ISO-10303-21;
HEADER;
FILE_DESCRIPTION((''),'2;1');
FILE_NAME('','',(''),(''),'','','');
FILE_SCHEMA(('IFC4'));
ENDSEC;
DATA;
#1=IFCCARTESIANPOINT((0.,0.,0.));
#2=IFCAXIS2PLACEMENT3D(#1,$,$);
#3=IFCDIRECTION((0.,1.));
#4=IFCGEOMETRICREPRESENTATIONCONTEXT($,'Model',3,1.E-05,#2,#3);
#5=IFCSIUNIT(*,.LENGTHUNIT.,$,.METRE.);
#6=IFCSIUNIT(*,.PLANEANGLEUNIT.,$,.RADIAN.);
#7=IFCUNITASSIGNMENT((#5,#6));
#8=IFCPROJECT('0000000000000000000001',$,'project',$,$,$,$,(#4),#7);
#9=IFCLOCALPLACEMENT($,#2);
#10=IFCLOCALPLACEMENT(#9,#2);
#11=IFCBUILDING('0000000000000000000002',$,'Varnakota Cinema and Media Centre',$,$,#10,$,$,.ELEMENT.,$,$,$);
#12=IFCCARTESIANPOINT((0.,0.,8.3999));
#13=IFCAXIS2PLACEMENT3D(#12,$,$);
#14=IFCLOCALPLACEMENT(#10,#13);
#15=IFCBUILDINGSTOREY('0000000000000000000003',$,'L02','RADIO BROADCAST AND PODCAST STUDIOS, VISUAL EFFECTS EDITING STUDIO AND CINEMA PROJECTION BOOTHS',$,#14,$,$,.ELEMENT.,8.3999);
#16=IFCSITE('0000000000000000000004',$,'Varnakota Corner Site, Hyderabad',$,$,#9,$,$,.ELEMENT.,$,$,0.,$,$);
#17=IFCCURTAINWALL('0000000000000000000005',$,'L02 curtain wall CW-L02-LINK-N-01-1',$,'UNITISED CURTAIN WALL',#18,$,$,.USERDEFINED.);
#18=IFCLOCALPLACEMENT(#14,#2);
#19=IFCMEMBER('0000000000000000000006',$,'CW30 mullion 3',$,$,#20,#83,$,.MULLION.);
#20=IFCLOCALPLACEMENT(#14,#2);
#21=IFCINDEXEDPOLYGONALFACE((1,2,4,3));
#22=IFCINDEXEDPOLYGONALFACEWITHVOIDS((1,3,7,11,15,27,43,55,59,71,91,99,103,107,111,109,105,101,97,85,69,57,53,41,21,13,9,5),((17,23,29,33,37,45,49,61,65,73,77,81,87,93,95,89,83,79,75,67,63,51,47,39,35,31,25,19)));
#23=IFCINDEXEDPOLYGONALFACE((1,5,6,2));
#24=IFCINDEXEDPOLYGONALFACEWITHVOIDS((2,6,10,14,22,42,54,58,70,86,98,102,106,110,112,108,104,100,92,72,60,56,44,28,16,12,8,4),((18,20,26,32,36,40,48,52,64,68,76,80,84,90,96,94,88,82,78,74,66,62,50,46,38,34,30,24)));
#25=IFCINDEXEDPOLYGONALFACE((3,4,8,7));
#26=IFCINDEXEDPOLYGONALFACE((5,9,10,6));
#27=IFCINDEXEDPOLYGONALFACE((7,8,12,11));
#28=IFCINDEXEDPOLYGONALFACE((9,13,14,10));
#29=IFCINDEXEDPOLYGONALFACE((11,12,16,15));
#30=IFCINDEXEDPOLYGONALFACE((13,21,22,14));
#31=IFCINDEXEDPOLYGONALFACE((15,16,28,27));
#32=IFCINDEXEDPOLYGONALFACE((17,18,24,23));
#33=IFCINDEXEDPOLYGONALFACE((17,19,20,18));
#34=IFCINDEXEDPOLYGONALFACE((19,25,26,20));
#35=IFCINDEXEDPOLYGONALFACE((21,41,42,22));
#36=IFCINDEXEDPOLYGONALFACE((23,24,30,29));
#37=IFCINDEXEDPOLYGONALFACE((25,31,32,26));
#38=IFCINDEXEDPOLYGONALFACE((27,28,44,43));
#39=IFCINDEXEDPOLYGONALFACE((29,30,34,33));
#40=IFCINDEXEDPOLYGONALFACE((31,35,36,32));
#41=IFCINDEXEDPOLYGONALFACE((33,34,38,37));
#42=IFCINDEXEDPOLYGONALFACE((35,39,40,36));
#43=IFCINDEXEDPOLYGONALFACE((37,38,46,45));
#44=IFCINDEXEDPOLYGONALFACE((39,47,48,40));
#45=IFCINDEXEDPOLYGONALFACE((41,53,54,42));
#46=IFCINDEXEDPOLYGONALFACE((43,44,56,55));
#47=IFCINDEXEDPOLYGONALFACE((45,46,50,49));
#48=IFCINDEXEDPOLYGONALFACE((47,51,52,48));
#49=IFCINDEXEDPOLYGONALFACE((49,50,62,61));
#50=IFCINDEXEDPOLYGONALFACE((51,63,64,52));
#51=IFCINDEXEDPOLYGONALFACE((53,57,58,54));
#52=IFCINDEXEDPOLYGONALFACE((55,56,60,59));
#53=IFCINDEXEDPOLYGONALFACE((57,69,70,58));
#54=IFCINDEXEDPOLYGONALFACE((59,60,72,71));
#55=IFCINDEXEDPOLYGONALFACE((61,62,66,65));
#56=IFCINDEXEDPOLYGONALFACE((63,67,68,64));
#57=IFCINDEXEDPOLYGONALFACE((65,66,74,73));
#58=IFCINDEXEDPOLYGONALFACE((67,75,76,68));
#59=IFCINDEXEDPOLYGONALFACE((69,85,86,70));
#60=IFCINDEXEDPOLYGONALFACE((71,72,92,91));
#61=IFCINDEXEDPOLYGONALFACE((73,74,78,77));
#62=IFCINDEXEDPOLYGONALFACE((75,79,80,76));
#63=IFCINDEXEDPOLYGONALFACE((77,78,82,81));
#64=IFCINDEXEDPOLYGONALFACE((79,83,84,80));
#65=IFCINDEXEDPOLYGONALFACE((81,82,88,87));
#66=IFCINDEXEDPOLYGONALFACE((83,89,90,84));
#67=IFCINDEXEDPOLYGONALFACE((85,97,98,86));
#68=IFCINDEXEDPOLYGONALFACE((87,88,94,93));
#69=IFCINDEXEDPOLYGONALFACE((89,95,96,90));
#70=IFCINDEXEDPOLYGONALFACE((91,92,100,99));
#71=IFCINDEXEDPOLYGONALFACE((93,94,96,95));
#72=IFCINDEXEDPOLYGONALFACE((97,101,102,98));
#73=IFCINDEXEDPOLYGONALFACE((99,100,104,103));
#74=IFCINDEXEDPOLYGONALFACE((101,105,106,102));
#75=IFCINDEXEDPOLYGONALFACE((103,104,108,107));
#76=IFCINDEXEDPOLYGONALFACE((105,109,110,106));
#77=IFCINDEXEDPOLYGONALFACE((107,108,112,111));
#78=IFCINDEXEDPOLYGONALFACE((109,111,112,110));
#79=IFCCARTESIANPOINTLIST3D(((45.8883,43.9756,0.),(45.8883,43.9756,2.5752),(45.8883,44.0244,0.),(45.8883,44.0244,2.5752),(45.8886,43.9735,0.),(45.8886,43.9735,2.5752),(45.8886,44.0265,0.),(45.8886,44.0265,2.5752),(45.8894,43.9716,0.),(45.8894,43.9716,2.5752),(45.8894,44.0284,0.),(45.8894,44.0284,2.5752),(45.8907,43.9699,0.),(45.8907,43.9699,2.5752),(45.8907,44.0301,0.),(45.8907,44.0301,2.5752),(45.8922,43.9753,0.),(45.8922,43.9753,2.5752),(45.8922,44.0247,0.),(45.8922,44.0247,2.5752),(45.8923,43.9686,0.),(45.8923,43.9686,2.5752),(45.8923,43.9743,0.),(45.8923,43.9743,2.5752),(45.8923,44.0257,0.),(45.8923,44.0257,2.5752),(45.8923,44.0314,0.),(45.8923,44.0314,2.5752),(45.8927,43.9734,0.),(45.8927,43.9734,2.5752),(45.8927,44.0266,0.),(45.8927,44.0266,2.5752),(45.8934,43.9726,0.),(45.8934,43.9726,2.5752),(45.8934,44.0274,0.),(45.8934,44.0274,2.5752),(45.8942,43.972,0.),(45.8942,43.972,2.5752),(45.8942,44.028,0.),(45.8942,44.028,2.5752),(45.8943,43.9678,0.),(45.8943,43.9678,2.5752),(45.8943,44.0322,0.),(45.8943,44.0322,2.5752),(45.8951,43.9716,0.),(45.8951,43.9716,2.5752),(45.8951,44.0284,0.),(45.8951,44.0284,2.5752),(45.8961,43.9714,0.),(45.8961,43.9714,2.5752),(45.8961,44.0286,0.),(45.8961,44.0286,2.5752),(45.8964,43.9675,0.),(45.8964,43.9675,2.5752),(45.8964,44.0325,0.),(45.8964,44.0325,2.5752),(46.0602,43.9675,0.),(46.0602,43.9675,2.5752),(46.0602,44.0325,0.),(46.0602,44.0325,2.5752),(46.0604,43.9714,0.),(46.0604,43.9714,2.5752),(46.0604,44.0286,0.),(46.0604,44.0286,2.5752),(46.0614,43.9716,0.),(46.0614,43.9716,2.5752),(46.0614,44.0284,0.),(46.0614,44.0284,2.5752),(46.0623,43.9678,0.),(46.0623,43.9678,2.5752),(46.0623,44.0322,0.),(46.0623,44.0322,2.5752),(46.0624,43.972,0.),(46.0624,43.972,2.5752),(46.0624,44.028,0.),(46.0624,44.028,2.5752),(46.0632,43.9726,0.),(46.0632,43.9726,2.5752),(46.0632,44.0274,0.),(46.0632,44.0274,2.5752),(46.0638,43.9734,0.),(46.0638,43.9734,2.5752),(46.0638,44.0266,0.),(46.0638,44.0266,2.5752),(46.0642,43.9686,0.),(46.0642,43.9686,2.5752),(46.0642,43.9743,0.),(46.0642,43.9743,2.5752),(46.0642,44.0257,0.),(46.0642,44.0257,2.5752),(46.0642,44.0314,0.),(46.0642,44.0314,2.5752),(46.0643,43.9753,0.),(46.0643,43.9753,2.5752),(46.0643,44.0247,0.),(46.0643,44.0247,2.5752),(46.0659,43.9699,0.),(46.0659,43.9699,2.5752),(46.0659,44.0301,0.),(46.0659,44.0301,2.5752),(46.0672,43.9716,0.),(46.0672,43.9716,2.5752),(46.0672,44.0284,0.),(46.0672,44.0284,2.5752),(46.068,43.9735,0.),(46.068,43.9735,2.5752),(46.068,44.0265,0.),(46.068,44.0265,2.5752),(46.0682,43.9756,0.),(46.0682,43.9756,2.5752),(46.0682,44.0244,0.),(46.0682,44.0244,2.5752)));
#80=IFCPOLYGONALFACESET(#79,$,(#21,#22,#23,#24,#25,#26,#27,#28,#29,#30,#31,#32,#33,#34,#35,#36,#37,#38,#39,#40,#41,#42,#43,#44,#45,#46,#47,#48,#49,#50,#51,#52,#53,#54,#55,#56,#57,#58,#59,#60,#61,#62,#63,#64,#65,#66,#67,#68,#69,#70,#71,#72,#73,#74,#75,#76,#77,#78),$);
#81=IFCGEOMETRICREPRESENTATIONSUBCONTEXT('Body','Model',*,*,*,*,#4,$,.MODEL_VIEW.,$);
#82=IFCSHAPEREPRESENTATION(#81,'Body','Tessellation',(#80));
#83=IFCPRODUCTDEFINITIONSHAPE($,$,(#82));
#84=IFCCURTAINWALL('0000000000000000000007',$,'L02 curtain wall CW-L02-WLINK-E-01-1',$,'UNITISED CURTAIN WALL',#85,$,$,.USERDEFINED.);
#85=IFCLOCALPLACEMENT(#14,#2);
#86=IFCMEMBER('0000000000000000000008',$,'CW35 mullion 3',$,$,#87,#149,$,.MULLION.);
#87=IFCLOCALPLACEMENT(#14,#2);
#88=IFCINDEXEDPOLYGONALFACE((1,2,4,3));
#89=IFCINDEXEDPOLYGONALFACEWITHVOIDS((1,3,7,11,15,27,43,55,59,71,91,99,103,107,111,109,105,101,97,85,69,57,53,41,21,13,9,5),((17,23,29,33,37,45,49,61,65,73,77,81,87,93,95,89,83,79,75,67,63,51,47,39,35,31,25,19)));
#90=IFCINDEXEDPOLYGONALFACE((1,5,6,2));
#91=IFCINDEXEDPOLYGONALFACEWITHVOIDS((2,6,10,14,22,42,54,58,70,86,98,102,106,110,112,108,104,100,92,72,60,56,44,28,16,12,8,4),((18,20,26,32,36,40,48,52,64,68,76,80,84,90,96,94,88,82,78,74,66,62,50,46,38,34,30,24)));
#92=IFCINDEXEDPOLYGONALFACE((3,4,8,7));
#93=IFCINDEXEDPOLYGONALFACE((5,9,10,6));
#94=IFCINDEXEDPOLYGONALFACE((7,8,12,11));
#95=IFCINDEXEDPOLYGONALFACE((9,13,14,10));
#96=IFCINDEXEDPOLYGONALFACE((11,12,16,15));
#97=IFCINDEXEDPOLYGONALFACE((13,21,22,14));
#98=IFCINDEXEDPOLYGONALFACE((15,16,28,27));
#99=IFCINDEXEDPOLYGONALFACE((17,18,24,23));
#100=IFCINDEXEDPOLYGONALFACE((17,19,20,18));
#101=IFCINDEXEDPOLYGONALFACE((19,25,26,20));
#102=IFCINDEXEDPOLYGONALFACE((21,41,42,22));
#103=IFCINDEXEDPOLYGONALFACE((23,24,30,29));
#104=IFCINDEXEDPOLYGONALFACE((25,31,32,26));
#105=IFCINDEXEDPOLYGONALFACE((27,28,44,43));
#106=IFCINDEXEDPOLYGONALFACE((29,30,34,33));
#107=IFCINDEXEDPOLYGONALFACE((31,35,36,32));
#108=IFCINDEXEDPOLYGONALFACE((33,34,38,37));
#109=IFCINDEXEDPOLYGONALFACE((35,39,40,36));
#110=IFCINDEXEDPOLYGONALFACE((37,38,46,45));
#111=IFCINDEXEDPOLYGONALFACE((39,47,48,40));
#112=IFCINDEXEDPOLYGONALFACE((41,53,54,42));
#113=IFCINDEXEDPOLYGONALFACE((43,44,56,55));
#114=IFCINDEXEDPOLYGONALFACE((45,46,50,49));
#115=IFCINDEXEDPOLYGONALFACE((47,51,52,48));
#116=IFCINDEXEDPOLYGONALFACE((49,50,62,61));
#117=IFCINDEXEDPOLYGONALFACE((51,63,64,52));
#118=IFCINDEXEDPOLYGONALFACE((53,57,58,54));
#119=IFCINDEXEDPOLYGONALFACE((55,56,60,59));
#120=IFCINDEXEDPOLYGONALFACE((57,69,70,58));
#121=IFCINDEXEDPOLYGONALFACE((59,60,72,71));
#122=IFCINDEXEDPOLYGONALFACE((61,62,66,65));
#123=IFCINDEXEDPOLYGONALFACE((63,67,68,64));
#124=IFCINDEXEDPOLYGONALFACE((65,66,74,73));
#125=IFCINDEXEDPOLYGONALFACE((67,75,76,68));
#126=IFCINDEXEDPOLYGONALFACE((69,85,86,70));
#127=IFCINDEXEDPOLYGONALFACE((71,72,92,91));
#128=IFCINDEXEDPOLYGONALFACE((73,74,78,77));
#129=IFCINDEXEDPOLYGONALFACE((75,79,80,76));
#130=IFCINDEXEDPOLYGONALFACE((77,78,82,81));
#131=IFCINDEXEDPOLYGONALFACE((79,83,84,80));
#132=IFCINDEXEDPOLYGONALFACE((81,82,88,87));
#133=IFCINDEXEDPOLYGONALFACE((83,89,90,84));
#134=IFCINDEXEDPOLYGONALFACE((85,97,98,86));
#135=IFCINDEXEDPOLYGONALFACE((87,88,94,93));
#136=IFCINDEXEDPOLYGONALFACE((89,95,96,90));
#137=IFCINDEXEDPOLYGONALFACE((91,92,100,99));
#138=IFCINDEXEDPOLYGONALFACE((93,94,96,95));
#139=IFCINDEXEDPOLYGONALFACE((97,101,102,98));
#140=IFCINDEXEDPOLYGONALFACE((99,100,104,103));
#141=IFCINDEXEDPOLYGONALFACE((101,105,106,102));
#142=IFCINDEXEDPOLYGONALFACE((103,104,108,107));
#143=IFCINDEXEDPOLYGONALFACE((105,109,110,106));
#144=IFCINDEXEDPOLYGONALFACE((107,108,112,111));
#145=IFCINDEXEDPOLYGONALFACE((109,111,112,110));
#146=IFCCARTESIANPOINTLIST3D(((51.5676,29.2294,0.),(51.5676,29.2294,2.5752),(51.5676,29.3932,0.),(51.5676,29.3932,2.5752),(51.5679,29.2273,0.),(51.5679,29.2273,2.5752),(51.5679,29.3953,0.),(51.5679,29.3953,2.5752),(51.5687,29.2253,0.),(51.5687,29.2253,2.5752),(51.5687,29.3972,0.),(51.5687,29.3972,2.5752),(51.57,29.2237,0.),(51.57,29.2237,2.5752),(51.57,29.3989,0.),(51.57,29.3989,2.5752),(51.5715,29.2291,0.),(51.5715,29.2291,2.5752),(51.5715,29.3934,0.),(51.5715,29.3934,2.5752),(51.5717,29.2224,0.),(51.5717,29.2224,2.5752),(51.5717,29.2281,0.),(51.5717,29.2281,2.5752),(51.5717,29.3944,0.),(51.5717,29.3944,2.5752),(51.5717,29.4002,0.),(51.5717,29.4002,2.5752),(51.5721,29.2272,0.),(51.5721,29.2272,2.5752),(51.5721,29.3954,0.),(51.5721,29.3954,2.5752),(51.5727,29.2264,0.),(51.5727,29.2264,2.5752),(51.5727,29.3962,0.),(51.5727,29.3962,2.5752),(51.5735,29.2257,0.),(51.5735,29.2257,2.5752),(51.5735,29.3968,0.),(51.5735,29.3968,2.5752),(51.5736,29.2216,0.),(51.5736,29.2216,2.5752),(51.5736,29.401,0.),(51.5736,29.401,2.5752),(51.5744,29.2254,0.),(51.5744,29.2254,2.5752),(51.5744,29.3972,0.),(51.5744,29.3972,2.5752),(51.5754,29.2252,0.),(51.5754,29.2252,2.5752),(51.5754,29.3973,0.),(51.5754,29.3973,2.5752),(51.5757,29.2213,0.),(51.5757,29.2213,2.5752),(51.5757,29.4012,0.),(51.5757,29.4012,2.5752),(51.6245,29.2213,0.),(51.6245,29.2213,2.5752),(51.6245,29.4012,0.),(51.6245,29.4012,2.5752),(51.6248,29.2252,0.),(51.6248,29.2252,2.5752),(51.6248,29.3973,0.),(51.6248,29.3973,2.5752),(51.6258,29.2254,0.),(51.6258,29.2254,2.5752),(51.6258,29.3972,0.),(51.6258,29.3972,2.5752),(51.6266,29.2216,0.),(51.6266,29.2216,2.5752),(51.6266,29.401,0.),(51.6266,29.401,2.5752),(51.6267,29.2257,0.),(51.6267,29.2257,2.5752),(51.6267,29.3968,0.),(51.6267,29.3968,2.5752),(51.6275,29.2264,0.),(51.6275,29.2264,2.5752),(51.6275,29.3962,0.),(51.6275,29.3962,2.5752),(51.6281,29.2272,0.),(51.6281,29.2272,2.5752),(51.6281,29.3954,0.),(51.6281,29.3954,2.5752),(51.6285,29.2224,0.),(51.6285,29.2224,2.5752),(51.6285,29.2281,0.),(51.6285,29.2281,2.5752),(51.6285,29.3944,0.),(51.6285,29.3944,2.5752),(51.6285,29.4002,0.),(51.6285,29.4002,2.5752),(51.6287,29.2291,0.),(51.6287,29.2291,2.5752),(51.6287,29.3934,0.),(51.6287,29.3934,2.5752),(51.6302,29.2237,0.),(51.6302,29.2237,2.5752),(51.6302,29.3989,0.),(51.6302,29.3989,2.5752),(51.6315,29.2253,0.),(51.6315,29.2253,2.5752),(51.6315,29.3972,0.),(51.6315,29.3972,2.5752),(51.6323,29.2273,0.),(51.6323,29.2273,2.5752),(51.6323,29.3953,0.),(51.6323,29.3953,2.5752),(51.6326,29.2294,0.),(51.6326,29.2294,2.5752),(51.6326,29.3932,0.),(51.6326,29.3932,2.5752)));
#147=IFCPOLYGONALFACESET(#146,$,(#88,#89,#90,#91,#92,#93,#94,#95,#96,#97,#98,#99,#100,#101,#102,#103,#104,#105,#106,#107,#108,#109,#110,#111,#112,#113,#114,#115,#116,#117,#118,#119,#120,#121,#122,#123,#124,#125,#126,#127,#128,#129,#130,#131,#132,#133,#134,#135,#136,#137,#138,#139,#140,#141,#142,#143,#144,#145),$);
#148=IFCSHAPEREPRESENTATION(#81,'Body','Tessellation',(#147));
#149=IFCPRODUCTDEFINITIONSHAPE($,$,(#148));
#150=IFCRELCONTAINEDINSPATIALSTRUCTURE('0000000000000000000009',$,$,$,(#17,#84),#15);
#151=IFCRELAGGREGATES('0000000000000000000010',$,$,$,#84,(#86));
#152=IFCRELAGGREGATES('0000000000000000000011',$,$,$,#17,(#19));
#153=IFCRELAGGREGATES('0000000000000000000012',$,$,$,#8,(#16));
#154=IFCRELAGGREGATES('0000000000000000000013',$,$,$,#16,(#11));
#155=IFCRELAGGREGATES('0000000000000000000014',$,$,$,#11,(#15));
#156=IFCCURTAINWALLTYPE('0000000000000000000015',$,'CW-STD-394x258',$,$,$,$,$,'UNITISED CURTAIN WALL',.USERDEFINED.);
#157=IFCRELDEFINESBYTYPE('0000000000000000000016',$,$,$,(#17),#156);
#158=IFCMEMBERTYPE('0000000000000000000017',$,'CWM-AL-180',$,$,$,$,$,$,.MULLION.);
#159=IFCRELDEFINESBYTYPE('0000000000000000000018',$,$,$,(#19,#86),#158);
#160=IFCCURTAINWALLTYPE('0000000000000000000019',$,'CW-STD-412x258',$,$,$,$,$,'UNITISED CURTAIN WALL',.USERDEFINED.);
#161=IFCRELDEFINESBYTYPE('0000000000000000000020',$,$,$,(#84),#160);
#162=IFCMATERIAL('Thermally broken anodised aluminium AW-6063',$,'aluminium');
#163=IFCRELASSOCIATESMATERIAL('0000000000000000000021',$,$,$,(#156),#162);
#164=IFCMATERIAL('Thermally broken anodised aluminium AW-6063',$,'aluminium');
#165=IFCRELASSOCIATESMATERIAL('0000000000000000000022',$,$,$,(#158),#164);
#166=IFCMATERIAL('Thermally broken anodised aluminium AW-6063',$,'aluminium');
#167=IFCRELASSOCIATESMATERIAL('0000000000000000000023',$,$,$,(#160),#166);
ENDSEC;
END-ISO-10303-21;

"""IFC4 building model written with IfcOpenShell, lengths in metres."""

from ifc_helpers import new_model, si_unit, direction, frame, origin, origin_2d, place, context, subcontext, project, spatial, hollow_rectangle, extrude, material, material_profile, profile_set, type_object, element, aggregate, save


model = new_model("IFC4")

# Units and contexts
model_context = context("Model", 3, precision=1e-05, world=origin(), true_north=direction((0.0, 1.0)))
body_context = subcontext(model_context, "Body", "Model", "MODEL_VIEW")
ifc_project = project(units=[si_unit("LENGTHUNIT", "METRE"), si_unit("PLANEANGLEUNIT", "RADIAN")], contexts=[model_context])

# Site, building, storey
site_placement = place(None, origin())
site = spatial("IfcSite", under=ifc_project, at=site_placement, Name="Varnakota Corner Site, Hyderabad", CompositionType="ELEMENT", RefElevation=0.0)
building_placement = place(site_placement, origin())
building = spatial("IfcBuilding", under=site, at=building_placement, Name="Varnakota Cinema and Media Centre", CompositionType="ELEMENT")
storey_placement = place(building_placement, frame((0.0, 0.0, 8.3999)))
storey = spatial("IfcBuildingStorey", under=building, at=storey_placement, Name="L02", Description="RADIO BROADCAST AND PODCAST STUDIOS, VISUAL EFFECTS EDITING STUDIO AND CINEMA PROJECTION BOOTHS", CompositionType="ELEMENT", Elevation=8.3999)

# Curtain walls, members
ifc_material_1 = material(Name="Thermally broken anodised aluminium AW-6063", Category="aluminium")
curtain_wall_type_1 = type_object("IfcCurtainWallType", Name="CW-STD-394x258", ElementType="UNITISED CURTAIN WALL", PredefinedType="USERDEFINED", material=ifc_material_1)
curtain_wall_1_placement = place(storey_placement, origin())
curtain_wall_1 = element("IfcCurtainWall", 1, at=curtain_wall_1_placement, inside=storey, type_object=curtain_wall_type_1, Name="L02 curtain wall CW-L02-LINK-N-01-1", ObjectType="UNITISED CURTAIN WALL", PredefinedType="USERDEFINED")
ifc_material_2 = material(Name="Thermally broken anodised aluminium AW-6063", Category="aluminium")
ifc_material_profile_1 = material_profile(ifc_material_2, hollow_rectangle(XDim=0.0649, YDim=0.1799, WallThickness=0.0039, InnerFilletRadius=0.0039, OuterFilletRadius=0.0081, at=origin_2d()), Name="AL-MULLION 180x65x4")
ifc_profile_set_1 = profile_set([ifc_material_profile_1], Name="Thermally broken anodised aluminium AW-6063")
member_type_1 = type_object("IfcMemberType", Name="CWM-AL-180", PredefinedType="MULLION", material=ifc_profile_set_1)
member_1_placement = place(storey_placement, frame((45.9783, 44.0, 0.0), z_axis=(0.0, 0.0, 1.0), x_axis=(0.0, 1.0, 0.0)))
member_1 = element("IfcMember", 2, at=member_1_placement, type_object=member_type_1, Name="CW30 mullion 3", PredefinedType="MULLION", context=body_context, shape_type="SweptSolid", body=[
    extrude(hollow_rectangle(XDim=0.0649, YDim=0.1799, WallThickness=0.0039, InnerFilletRadius=0.0039, OuterFilletRadius=0.0081, at=origin_2d()), origin(), (0.0, 0.0, 1.0), 2.5752),
])
ifc_material_3 = material(Name="Thermally broken anodised aluminium AW-6063", Category="aluminium")
curtain_wall_type_2 = type_object("IfcCurtainWallType", Name="CW-STD-412x258", ElementType="UNITISED CURTAIN WALL", PredefinedType="USERDEFINED", material=ifc_material_3)
curtain_wall_2_placement = place(storey_placement, origin())
curtain_wall_2 = element("IfcCurtainWall", 3, at=curtain_wall_2_placement, inside=storey, type_object=curtain_wall_type_2, Name="L02 curtain wall CW-L02-WLINK-E-01-1", ObjectType="UNITISED CURTAIN WALL", PredefinedType="USERDEFINED")
member_2_placement = place(storey_placement, frame((51.6001, 29.3113, 0.0), z_axis=(0.0, 0.0, 1.0), x_axis=(-1.0, 0.0, 0.0)))
member_2 = element("IfcMember", 4, at=member_2_placement, type_object=member_type_1, Name="CW35 mullion 3", PredefinedType="MULLION", context=body_context, shape_type="SweptSolid", body=[
    extrude(hollow_rectangle(XDim=0.0649, YDim=0.1799, WallThickness=0.0039, InnerFilletRadius=0.0039, OuterFilletRadius=0.0081, at=origin_2d()), origin(), (0.0, 0.0, 1.0), 2.5752),
])

aggregate(curtain_wall_2, [member_2])

aggregate(curtain_wall_1, [member_1])

save(model, "model.ifc")
